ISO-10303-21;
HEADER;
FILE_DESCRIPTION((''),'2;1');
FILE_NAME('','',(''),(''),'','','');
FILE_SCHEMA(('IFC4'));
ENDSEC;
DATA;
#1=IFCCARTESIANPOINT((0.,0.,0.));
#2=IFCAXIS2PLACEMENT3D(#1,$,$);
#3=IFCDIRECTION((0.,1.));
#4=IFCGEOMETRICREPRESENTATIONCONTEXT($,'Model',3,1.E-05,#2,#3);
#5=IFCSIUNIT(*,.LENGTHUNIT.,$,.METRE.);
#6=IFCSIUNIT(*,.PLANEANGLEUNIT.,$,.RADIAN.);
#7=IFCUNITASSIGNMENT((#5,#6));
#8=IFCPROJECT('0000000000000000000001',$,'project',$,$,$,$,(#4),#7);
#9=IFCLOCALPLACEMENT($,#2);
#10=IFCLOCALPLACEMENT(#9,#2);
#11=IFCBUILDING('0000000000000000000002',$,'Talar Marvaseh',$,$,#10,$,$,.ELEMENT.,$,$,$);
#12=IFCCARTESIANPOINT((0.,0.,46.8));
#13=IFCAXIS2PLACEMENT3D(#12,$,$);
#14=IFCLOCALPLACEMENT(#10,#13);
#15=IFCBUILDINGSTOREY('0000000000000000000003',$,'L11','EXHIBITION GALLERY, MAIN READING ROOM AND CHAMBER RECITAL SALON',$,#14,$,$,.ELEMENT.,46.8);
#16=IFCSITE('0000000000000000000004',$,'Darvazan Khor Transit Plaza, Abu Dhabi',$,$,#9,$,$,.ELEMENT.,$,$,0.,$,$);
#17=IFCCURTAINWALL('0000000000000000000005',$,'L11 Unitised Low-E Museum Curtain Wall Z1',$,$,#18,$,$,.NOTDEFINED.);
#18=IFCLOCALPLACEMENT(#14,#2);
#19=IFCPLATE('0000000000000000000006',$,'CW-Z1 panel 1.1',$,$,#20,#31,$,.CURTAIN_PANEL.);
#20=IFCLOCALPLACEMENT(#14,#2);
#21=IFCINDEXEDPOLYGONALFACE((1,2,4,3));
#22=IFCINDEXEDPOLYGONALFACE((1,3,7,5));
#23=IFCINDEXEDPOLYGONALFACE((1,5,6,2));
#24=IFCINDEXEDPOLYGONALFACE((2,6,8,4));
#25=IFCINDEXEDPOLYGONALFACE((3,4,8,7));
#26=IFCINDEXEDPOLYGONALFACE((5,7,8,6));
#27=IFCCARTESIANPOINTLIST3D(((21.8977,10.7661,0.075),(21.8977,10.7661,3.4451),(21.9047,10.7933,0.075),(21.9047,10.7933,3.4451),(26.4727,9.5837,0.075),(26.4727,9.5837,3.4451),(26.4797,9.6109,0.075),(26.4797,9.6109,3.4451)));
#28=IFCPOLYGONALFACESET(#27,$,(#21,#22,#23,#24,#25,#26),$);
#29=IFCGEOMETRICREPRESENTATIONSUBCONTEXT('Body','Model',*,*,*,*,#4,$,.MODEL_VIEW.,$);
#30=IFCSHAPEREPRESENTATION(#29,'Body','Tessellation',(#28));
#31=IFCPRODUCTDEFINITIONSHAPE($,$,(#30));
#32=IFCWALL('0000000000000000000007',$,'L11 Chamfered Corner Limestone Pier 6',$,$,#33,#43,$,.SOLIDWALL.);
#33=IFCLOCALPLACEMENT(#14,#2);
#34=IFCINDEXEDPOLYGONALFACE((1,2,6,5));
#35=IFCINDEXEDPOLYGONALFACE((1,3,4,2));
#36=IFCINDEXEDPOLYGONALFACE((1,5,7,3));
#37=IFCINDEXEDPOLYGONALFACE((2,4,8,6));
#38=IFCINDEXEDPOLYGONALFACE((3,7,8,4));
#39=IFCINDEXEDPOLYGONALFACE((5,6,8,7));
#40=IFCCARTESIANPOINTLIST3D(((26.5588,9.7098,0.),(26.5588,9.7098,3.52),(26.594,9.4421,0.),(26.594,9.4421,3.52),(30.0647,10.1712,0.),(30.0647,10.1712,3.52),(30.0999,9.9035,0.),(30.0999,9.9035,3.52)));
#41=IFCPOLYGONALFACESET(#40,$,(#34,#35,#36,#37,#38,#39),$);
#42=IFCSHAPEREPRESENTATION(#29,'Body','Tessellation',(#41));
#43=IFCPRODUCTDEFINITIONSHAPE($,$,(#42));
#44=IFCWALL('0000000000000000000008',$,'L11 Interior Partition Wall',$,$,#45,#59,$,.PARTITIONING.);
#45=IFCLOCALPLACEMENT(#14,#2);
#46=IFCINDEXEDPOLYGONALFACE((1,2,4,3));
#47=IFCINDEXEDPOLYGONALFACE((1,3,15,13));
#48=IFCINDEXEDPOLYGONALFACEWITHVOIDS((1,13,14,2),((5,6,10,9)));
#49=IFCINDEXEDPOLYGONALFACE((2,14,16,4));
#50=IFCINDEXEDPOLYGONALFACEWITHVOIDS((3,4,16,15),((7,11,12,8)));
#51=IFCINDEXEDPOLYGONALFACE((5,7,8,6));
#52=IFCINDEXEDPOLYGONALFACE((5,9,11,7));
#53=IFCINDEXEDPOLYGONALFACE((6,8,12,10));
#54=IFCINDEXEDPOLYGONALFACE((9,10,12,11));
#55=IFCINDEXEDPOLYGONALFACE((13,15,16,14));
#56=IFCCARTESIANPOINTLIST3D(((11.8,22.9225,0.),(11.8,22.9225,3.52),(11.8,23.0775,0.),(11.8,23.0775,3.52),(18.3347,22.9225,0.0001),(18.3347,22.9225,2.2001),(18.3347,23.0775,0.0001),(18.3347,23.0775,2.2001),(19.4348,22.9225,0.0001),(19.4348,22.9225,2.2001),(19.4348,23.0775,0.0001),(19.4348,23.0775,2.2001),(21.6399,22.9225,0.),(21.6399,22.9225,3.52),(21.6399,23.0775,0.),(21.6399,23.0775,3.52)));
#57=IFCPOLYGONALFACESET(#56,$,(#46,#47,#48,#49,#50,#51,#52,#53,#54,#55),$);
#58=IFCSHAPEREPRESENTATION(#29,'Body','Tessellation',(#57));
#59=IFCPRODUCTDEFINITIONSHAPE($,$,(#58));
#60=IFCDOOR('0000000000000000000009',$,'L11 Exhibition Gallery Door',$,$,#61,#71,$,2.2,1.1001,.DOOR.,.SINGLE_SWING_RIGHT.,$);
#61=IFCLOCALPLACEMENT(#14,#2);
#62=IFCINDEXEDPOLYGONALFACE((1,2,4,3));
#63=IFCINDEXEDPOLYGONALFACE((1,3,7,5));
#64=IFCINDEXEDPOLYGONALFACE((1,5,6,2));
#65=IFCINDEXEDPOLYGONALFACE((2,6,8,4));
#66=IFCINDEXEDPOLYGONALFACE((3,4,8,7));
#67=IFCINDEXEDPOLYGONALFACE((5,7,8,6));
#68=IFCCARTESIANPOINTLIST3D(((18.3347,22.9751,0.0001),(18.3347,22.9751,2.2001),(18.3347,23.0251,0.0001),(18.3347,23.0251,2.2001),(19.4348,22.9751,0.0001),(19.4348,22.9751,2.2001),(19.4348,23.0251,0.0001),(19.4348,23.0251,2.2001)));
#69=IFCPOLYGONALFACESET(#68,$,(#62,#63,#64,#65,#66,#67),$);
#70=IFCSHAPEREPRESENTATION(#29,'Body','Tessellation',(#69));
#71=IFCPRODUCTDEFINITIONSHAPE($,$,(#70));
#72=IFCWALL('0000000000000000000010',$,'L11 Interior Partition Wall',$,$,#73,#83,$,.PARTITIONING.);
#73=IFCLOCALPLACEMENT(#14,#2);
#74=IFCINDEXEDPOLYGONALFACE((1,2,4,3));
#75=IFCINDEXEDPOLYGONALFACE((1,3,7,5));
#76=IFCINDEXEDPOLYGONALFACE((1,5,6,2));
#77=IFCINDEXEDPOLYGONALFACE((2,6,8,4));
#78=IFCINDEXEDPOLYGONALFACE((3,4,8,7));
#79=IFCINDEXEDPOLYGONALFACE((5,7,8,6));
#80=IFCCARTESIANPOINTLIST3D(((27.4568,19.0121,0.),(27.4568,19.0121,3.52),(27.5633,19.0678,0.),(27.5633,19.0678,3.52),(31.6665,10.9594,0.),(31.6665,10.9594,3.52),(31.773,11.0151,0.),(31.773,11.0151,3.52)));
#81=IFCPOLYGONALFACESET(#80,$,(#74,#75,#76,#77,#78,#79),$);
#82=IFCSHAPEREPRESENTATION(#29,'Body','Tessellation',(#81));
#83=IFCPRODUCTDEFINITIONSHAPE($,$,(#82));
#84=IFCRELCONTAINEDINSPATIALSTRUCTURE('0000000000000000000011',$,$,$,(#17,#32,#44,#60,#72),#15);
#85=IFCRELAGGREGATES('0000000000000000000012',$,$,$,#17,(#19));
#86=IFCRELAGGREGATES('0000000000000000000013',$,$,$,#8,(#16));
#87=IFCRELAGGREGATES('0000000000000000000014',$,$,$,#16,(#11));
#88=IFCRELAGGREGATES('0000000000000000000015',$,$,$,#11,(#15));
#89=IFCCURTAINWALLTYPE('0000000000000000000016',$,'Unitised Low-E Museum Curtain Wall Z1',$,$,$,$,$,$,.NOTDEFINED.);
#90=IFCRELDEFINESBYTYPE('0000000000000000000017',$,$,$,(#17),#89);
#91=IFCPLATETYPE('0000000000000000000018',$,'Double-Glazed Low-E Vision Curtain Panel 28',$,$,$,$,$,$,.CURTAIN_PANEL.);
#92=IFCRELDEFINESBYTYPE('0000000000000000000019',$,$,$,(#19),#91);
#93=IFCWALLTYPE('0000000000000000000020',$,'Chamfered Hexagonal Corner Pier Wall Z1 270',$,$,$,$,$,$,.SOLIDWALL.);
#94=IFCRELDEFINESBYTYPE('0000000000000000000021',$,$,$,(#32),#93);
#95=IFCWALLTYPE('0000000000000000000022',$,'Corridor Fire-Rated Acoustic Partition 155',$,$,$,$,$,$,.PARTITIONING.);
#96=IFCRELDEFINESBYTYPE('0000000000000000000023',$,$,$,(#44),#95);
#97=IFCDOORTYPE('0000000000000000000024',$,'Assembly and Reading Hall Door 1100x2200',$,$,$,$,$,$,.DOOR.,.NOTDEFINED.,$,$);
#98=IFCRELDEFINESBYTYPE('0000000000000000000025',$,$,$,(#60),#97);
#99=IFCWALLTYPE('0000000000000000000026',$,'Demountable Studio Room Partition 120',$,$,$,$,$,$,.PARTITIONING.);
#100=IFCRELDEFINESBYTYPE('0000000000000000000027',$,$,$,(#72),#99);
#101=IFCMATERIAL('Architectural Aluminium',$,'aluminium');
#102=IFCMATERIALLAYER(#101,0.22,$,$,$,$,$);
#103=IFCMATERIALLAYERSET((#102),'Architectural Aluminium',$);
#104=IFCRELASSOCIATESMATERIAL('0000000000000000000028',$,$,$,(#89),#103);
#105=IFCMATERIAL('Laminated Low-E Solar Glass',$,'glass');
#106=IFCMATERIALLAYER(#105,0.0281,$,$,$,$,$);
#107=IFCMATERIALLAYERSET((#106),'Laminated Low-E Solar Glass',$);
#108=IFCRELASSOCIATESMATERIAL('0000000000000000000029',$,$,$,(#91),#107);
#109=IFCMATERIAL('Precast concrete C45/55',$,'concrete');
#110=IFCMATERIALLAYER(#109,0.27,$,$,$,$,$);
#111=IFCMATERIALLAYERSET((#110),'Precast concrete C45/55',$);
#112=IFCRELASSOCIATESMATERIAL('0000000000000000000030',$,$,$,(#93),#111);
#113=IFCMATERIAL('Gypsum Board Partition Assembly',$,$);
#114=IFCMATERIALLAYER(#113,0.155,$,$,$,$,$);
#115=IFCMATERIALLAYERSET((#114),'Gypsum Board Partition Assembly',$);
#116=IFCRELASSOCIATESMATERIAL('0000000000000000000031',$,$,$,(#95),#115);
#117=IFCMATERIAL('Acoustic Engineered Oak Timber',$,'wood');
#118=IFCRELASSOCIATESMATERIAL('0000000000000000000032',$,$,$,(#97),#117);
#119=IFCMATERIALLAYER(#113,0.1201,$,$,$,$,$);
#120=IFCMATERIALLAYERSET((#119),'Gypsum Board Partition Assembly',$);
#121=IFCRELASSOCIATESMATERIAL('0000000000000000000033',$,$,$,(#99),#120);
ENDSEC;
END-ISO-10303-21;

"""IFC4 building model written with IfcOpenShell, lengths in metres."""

from ifc_helpers import new_model, si_unit, direction, frame, frame_2d, origin, origin_2d, place, context, subcontext, project, spatial, rectangle, extrude, source, transform, mapped, material, layer, layer_set, type_object, type_shapes, element, fill, aggregate, save


model = new_model("IFC4")

# Units and contexts
model_context = context("Model", 3, precision=1e-05, world=origin(), true_north=direction((0.0, 1.0)))
body_context = subcontext(model_context, "Body", "Model", "MODEL_VIEW")
ifc_project = project(units=[si_unit("LENGTHUNIT", "METRE"), si_unit("PLANEANGLEUNIT", "RADIAN")], contexts=[model_context])

# Site, building, storey
site_placement = place(None, origin())
site = spatial("IfcSite", under=ifc_project, at=site_placement, Name="Darvazan Khor Transit Plaza, Abu Dhabi", CompositionType="ELEMENT", RefElevation=0.0)
building_placement = place(site_placement, origin())
building = spatial("IfcBuilding", under=site, at=building_placement, Name="Talar Marvaseh", CompositionType="ELEMENT")
storey_placement = place(building_placement, frame((0.0, 0.0, 46.8)))
storey = spatial("IfcBuildingStorey", under=building, at=storey_placement, Name="L11", Description="EXHIBITION GALLERY, MAIN READING ROOM AND CHAMBER RECITAL SALON", CompositionType="ELEMENT", Elevation=46.8)

# Shared definitions
ifc_material_1 = material(Name="Architectural Aluminium", Category="aluminium")
ifc_layer_1 = layer(ifc_material_1, 0.22)
ifc_layer_set_1 = layer_set([ifc_layer_1], Name="Architectural Aluminium")
curtain_wall_type = type_object("IfcCurtainWallType", Name="Unitised Low-E Museum Curtain Wall Z1", PredefinedType="NOTDEFINED", material=ifc_layer_set_1)

# Curtain wall
curtain_wall_1_placement = place(storey_placement, origin())
curtain_wall_1 = element("IfcCurtainWall", 1, at=curtain_wall_1_placement, inside=storey, type_object=curtain_wall_type, Name="L11 Unitised Low-E Museum Curtain Wall Z1", PredefinedType="NOTDEFINED")

# Plate
ifc_material_2 = material(Name="Laminated Low-E Solar Glass", Category="glass")
ifc_layer_2 = layer(ifc_material_2, 0.0281)
ifc_layer_set_2 = layer_set([ifc_layer_2], Name="Laminated Low-E Solar Glass")
plate_type = type_object("IfcPlateType", Name="Double-Glazed Low-E Vision Curtain Panel 28", PredefinedType="CURTAIN_PANEL", material=ifc_layer_set_2)
shared_shape_1 = source(origin(), body_context, "Body", "SweptSolid", [
    extrude(rectangle(XDim=4.7253, YDim=0.0281, at=origin_2d()), origin(), (0.0, 0.0, 1.0), 3.3701),
])
type_shapes(plate_type, [shared_shape_1])
plate_1_placement = place(storey_placement, frame((24.1887, 10.1885, 0.075), z_axis=(0.0, 0.0, 1.0), x_axis=(-0.968187, 0.250228, 0.0)))
plate_1 = element("IfcPlate", 2, at=plate_1_placement, type_object=plate_type, Name="CW-Z1 panel 1.1", PredefinedType="CURTAIN_PANEL", context=body_context, shape_type="MappedRepresentation", body=[
    mapped(shared_shape_1, transform((0.0, 0.0, 0.0), x_axis=(1.0, 0.0, 0.0), y_axis=(0.0, 1.0, 0.0), z_axis=(0.0, 0.0, 1.0), scale=1.0)),
])
aggregate(curtain_wall_1, [plate_1])

# Wall
ifc_material_3 = material(Name="Precast concrete C45/55", Category="concrete")
ifc_layer_3 = layer(ifc_material_3, 0.27)
ifc_layer_set_3 = layer_set([ifc_layer_3], Name="Precast concrete C45/55")
wall_type_1 = type_object("IfcWallType", Name="Chamfered Hexagonal Corner Pier Wall Z1 270", PredefinedType="SOLIDWALL", material=ifc_layer_set_3)
wall_1_placement = place(storey_placement, frame((30.0823, 10.0374, 0.0), z_axis=(0.0, 0.0, 1.0), x_axis=(-0.99145, -0.13049, 0.0)))
element("IfcWall", 3, at=wall_1_placement, inside=storey, type_object=wall_type_1, Name="L11 Chamfered Corner Limestone Pier 6", PredefinedType="SOLIDWALL", context=body_context, shape_type="SweptSolid", body=[
    extrude(rectangle(XDim=3.5361, YDim=0.27, at=frame_2d((1.7681, 0.0))), origin(), (0.0, 0.0, 1.0), 3.52),
])

# Wall, opening, door
ifc_material_4 = material(Name="Gypsum Board Partition Assembly")
ifc_layer_4 = layer(ifc_material_4, 0.155)
ifc_layer_set_4 = layer_set([ifc_layer_4], Name="Gypsum Board Partition Assembly")
wall_type_2 = type_object("IfcWallType", Name="Corridor Fire-Rated Acoustic Partition 155", PredefinedType="PARTITIONING", material=ifc_layer_set_4)
wall_2_placement = place(storey_placement, frame((21.6399, 23.0, 0.0), z_axis=(0.0, 0.0, 1.0), x_axis=(-1.0, 0.0, 0.0)))
wall_2 = element("IfcWall", 4, at=wall_2_placement, inside=storey, type_object=wall_type_2, Name="L11 Interior Partition Wall", PredefinedType="PARTITIONING", context=body_context, shape_type="SweptSolid", body=[
    extrude(rectangle(XDim=9.8398, YDim=0.155, at=frame_2d((4.9199, 0.0))), origin(), (0.0, 0.0, 1.0), 3.52),
])
opening_placement = place(wall_2_placement, frame((2.2051, 0.0, 0.0)))
opening = element("IfcOpeningElement", 5, at=opening_placement, cuts=wall_2, PredefinedType="OPENING", context=body_context, shape_type="SweptSolid", body=[
    extrude(rectangle(XDim=1.1001, YDim=2.2, at=frame_2d((0.55, 1.1001))), frame((0.0, 0.0874, 0.0), z_axis=(0.0, -1.0, 0.0), x_axis=(1.0, 0.0, 0.0)), (0.0, 0.0, 1.0), 0.175),
])
ifc_material_5 = material(Name="Acoustic Engineered Oak Timber", Category="wood")
door_type = type_object("IfcDoorType", Name="Assembly and Reading Hall Door 1100x2200", OperationType="NOTDEFINED", PredefinedType="DOOR", material=ifc_material_5)
shared_shape_2 = source(origin(), body_context, "Body", "SweptSolid", [
    extrude(rectangle(XDim=1.1001, YDim=2.2, at=frame_2d((0.55, 1.1001))), frame((0.0, 0.0249, 0.0), z_axis=(0.0, -1.0, 0.0), x_axis=(1.0, 0.0, 0.0)), (0.0, 0.0, 1.0), 0.05),
])
type_shapes(door_type, [shared_shape_2])
door_placement = place(opening_placement, origin())
door = element("IfcDoor", 6, at=door_placement, inside=storey, type_object=door_type, Name="L11 Exhibition Gallery Door", OperationType="SINGLE_SWING_RIGHT", OverallHeight=2.2, OverallWidth=1.1001, PredefinedType="DOOR", context=body_context, shape_type="MappedRepresentation", body=[
    mapped(shared_shape_2, transform((0.0, 0.0, 0.0), x_axis=(1.0, 0.0, 0.0), y_axis=(0.0, 1.0, 0.0), z_axis=(0.0, 0.0, 1.0), scale=1.0)),
])
fill(opening, door)

# Wall
ifc_layer_5 = layer(ifc_material_4, 0.1201)
ifc_layer_set_5 = layer_set([ifc_layer_5], Name="Gypsum Board Partition Assembly")
wall_type_3 = type_object("IfcWallType", Name="Demountable Studio Room Partition 120", PredefinedType="PARTITIONING", material=ifc_layer_set_5)
wall_3_placement = place(storey_placement, frame((27.51, 19.04, 0.0), z_axis=(0.0, 0.0, 1.0), x_axis=(0.463283, -0.88621, 0.0)))
element("IfcWall", 7, at=wall_3_placement, inside=storey, type_object=wall_type_3, Name="L11 Interior Partition Wall", PredefinedType="PARTITIONING", context=body_context, shape_type="SweptSolid", body=[
    extrude(rectangle(XDim=9.0867, YDim=0.1201, at=frame_2d((4.5435, 0.0))), origin(), (0.0, 0.0, 1.0), 3.52),
])

save(model, "model.ifc")
